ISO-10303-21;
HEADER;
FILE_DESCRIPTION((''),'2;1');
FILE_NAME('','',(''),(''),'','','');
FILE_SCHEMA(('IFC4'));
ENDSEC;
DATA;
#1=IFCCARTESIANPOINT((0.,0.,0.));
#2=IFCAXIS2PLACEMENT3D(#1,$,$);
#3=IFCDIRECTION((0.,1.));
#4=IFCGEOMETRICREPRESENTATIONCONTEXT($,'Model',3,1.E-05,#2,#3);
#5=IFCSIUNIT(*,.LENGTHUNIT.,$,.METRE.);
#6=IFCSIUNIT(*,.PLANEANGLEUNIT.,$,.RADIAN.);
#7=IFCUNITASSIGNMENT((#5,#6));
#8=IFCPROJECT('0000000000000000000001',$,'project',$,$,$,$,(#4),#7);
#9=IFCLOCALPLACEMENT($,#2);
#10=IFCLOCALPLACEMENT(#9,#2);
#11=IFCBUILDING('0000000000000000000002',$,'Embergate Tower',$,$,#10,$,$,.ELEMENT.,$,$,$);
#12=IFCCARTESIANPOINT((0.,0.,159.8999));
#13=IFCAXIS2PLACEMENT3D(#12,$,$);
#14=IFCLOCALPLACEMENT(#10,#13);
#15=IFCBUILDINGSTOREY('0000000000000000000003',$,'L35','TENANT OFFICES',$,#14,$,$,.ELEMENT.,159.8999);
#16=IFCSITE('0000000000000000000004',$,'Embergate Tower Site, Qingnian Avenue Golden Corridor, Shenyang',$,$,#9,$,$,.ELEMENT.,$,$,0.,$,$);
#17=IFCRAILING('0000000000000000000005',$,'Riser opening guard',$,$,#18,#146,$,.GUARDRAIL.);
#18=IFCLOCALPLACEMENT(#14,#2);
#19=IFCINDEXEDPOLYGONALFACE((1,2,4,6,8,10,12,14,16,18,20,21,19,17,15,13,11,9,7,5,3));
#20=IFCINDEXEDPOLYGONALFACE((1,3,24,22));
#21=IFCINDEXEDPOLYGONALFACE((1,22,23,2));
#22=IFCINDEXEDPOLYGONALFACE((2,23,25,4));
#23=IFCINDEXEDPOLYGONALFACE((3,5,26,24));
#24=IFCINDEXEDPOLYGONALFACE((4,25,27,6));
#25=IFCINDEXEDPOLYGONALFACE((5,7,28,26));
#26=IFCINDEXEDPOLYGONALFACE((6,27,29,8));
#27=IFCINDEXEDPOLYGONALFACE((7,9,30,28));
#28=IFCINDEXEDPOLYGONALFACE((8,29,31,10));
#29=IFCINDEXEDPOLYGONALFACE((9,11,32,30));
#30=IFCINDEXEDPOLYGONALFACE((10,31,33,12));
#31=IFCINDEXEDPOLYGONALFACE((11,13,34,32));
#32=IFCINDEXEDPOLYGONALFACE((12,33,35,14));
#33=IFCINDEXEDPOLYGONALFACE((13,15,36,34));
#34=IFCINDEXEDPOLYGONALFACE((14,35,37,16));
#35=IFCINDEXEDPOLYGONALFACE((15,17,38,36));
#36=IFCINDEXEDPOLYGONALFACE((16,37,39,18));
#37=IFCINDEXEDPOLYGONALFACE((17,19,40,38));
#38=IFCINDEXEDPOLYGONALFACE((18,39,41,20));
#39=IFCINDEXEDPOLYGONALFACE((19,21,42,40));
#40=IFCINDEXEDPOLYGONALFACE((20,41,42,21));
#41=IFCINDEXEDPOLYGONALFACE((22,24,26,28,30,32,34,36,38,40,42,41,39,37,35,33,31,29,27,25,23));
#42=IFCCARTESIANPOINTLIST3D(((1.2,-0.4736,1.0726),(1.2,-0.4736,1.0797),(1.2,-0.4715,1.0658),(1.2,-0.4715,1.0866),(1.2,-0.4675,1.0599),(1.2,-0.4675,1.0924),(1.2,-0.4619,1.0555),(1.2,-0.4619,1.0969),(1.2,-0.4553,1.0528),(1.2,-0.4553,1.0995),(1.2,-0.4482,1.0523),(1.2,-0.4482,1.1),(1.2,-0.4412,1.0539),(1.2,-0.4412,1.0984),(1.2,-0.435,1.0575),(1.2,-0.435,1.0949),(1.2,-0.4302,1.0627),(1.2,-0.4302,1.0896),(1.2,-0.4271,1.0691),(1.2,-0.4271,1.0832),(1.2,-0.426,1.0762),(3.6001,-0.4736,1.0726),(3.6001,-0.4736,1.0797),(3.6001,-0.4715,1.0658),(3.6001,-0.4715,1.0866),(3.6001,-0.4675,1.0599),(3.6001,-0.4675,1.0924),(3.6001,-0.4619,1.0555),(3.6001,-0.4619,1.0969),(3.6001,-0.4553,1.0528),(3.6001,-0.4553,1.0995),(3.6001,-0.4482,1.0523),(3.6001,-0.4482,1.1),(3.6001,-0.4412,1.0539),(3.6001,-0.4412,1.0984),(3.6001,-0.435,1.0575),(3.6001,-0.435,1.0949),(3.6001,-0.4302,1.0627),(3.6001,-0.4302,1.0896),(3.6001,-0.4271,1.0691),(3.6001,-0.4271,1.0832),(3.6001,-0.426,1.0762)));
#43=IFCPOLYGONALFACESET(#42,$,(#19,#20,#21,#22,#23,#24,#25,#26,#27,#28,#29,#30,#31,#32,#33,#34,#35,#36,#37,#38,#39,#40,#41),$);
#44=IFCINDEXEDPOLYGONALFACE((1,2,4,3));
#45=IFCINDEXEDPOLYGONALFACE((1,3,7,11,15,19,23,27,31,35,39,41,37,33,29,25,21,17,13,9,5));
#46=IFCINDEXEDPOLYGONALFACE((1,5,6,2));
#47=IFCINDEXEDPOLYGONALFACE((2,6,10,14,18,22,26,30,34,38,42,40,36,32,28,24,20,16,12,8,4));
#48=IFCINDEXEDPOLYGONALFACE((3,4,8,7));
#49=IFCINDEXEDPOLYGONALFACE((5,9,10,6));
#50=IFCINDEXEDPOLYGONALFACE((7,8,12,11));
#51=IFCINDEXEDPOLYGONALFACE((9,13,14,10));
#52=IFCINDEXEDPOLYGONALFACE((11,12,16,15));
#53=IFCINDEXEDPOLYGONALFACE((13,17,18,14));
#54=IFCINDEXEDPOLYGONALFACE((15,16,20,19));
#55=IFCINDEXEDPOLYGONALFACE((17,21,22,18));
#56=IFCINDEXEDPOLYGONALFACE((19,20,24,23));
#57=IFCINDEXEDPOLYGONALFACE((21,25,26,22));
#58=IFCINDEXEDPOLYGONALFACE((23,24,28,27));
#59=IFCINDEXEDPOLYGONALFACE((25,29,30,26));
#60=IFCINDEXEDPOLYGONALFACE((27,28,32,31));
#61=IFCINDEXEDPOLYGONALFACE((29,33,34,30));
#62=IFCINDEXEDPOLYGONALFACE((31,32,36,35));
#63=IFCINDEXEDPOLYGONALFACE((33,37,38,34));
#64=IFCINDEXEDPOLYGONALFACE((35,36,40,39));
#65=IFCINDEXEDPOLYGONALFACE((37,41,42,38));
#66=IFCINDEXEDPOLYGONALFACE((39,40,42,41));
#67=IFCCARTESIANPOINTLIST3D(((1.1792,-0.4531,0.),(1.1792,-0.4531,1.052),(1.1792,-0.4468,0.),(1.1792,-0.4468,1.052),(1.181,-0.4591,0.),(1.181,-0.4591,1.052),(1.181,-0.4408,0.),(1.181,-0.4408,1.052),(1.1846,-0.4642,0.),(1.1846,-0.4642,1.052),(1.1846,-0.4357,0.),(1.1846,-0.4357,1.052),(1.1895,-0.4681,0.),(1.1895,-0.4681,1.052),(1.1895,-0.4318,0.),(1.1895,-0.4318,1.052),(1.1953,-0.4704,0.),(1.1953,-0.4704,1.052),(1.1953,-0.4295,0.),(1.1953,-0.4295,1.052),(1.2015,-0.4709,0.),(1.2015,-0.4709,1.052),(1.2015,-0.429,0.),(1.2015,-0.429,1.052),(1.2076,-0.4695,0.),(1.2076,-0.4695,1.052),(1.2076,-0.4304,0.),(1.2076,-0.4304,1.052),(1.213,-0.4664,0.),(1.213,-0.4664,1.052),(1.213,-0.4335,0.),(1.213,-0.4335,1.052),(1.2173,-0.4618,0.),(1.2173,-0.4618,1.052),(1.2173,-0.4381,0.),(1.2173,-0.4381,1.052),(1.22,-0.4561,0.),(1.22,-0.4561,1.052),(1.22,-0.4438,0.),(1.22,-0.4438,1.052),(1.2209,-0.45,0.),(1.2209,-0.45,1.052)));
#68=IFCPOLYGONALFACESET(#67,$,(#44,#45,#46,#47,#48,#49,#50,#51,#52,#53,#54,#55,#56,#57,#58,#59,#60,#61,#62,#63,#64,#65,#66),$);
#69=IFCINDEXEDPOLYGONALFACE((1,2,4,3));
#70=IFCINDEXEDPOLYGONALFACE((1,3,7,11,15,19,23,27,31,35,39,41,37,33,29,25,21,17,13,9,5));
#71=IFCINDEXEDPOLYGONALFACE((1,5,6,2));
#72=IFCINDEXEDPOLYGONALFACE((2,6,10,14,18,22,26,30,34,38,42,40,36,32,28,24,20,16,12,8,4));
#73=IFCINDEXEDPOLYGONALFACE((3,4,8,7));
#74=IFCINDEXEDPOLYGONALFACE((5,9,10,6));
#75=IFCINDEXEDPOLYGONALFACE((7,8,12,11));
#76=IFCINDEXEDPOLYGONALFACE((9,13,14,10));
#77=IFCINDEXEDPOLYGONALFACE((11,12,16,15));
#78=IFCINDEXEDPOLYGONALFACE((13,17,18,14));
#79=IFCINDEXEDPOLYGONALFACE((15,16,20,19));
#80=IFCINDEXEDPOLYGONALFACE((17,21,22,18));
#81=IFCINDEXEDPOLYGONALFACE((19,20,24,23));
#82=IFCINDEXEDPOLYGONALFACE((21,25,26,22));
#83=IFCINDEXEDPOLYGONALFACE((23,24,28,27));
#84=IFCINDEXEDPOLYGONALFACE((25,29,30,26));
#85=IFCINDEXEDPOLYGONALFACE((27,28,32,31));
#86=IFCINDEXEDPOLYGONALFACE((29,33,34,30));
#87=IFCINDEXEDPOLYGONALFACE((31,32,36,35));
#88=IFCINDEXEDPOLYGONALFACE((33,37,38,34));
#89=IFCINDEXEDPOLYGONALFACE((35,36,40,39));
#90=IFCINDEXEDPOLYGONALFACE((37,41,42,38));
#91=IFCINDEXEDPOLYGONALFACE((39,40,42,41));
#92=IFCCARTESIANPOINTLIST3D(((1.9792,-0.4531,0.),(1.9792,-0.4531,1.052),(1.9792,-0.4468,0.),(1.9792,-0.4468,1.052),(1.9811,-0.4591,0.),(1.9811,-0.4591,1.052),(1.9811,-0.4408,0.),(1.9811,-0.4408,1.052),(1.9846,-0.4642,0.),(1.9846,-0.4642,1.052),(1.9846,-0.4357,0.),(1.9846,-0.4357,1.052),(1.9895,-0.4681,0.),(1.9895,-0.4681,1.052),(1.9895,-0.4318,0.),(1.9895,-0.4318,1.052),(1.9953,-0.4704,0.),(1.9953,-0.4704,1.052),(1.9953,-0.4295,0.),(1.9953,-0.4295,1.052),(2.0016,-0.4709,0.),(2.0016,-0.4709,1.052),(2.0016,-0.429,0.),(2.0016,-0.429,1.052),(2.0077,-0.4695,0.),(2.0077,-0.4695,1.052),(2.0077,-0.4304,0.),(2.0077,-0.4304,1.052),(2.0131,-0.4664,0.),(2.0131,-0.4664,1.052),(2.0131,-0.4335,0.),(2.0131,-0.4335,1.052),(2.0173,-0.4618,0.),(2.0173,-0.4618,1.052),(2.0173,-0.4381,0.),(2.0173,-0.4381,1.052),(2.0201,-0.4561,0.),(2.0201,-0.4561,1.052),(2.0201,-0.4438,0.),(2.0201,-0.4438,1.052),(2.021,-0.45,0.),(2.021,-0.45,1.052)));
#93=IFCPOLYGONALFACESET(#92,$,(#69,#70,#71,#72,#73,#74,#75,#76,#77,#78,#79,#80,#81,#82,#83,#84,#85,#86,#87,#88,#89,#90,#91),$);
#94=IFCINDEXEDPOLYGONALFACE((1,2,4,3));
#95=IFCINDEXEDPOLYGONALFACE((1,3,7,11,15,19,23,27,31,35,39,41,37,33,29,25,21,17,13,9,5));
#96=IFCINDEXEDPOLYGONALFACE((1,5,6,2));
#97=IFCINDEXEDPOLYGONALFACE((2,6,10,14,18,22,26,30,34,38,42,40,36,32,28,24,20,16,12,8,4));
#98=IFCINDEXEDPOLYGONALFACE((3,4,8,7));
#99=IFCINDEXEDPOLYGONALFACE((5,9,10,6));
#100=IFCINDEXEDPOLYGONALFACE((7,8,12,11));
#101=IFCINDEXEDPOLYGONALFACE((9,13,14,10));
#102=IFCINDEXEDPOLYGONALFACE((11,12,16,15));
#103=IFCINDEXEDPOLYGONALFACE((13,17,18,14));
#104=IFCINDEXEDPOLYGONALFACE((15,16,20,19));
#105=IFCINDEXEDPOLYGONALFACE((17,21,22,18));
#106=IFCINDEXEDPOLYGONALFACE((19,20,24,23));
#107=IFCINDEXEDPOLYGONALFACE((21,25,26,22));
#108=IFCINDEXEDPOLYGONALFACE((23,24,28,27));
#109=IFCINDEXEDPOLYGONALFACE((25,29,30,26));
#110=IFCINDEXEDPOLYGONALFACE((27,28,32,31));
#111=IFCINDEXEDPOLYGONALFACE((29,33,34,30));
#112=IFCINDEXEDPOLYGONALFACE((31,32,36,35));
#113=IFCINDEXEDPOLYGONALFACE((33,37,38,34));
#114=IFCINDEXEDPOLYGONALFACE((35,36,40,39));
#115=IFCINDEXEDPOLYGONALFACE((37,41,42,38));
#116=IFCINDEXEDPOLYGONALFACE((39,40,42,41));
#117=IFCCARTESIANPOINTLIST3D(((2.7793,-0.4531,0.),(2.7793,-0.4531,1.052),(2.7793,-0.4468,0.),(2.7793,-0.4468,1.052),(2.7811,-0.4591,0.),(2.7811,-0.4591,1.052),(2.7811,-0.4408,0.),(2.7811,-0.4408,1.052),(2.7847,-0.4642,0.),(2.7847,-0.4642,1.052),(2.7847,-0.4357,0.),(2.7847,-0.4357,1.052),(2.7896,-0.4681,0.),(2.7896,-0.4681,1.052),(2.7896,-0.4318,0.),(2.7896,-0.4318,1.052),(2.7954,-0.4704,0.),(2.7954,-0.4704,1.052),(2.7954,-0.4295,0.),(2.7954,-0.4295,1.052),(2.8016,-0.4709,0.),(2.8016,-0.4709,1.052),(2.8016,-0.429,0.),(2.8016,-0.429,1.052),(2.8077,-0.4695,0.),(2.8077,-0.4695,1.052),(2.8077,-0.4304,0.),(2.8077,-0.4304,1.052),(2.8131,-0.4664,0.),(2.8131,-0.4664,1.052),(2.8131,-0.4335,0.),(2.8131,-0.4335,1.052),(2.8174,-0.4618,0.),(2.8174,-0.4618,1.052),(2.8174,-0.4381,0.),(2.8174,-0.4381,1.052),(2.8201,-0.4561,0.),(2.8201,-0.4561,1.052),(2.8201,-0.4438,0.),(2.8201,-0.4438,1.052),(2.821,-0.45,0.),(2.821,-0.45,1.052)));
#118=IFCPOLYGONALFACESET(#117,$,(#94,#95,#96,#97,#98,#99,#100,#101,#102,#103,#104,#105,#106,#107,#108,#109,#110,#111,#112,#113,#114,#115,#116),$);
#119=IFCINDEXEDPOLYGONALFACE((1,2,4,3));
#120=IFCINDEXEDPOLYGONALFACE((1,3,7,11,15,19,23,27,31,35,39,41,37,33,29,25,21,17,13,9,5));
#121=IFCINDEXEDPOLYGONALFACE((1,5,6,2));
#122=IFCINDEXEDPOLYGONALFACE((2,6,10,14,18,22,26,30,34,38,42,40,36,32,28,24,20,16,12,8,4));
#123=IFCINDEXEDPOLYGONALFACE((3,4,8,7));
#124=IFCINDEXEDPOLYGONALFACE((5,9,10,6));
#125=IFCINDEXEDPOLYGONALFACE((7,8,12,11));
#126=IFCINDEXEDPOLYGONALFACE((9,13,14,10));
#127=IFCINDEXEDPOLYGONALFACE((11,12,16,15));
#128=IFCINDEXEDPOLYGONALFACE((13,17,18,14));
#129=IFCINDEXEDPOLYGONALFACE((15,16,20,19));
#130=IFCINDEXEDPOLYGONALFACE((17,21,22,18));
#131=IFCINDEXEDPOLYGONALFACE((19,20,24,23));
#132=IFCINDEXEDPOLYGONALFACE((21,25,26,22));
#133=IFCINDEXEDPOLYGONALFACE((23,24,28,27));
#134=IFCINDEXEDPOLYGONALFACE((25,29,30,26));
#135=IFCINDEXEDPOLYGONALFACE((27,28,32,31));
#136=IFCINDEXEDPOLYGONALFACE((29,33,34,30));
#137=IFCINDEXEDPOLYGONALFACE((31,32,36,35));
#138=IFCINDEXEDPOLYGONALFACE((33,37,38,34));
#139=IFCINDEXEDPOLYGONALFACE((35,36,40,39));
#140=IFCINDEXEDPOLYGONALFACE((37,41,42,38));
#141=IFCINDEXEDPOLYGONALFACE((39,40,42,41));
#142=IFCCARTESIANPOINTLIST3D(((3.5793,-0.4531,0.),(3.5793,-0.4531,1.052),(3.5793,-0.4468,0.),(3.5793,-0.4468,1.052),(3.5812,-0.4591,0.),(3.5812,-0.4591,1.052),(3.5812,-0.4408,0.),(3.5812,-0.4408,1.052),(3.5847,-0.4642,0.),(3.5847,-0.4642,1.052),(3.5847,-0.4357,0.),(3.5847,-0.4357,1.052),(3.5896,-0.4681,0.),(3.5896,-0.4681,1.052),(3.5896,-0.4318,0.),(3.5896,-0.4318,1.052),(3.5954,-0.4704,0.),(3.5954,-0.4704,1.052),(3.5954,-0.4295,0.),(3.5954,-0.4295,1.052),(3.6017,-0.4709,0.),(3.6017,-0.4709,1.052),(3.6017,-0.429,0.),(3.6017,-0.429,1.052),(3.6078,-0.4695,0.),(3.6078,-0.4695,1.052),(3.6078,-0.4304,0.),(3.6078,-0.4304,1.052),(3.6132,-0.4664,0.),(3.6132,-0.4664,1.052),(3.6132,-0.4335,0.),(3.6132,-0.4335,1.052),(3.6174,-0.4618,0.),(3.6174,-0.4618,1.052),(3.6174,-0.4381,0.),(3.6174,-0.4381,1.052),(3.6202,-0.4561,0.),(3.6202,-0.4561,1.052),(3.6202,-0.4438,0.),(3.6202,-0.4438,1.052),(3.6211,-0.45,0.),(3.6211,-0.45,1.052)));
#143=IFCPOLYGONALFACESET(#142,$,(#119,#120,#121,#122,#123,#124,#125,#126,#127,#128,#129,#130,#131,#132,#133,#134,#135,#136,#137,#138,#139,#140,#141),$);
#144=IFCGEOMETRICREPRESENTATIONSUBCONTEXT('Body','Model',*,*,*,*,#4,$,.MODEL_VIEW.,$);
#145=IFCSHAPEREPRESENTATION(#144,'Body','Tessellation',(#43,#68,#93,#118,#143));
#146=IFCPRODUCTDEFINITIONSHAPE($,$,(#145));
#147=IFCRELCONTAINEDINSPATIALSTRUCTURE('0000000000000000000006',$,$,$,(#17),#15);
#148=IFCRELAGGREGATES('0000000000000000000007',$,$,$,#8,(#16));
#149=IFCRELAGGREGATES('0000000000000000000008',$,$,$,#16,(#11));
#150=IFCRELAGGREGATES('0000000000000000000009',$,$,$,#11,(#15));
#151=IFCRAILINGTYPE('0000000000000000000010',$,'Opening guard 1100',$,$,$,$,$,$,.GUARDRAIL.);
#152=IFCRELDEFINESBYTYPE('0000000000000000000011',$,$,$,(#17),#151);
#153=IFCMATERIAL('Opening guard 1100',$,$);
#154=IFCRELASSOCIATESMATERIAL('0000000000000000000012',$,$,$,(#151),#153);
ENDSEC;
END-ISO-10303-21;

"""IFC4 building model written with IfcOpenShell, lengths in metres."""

from ifc_helpers import new_model, si_unit, direction, frame, origin, origin_2d, place, context, subcontext, project, spatial, circle, extrude, source, transform, mapped, material, type_object, element, save


model = new_model("IFC4")

# Units and contexts
model_context = context("Model", 3, precision=1e-05, world=origin(), true_north=direction((0.0, 1.0)))
body_context = subcontext(model_context, "Body", "Model", "MODEL_VIEW")
ifc_project = project(units=[si_unit("LENGTHUNIT", "METRE"), si_unit("PLANEANGLEUNIT", "RADIAN")], contexts=[model_context])

# Site, building, storey
site_placement = place(None, origin())
site = spatial("IfcSite", under=ifc_project, at=site_placement, Name="Embergate Tower Site, Qingnian Avenue Golden Corridor, Shenyang", CompositionType="ELEMENT", RefElevation=0.0)
building_placement = place(site_placement, origin())
building = spatial("IfcBuilding", under=site, at=building_placement, Name="Embergate Tower", CompositionType="ELEMENT")
storey_placement = place(building_placement, frame((0.0, 0.0, 159.8999)))
storey = spatial("IfcBuildingStorey", under=building, at=storey_placement, Name="L35", Description="TENANT OFFICES", CompositionType="ELEMENT", Elevation=159.8999)

# Railing
ifc_material_1 = material(Name="Opening guard 1100")
railing_type_1 = type_object("IfcRailingType", Name="Opening guard 1100", PredefinedType="GUARDRAIL", material=ifc_material_1)
shared_shape_1 = source(origin(), body_context, "Body", "SweptSolid", [
    extrude(circle(Radius=0.0239, at=origin_2d()), frame((0.0, 0.0, 1.0762), z_axis=(1.0, 0.0, 0.0), x_axis=(0.0, 1.0, 0.0)), (0.0, 0.0, 1.0), 2.4001),
    extrude(circle(Radius=0.021, at=origin_2d()), origin(), (0.0, 0.0, 1.0), 1.052),
    extrude(circle(Radius=0.021, at=origin_2d()), frame((0.8, 0.0, 0.0)), (0.0, 0.0, 1.0), 1.052),
    extrude(circle(Radius=0.021, at=origin_2d()), frame((1.6001, 0.0, 0.0)), (0.0, 0.0, 1.0), 1.052),
    extrude(circle(Radius=0.021, at=origin_2d()), frame((2.4001, 0.0, 0.0)), (0.0, 0.0, 1.0), 1.052),
])
railing_1_placement = place(storey_placement, frame((1.2, -0.45, 0.0)))
element("IfcRailing", 1, at=railing_1_placement, inside=storey, type_object=railing_type_1, Name="Riser opening guard", PredefinedType="GUARDRAIL", context=body_context, shape_type="MappedRepresentation", body=[
    mapped(shared_shape_1, transform((0.0, 0.0, 0.0))),
])

save(model, "model.ifc")
